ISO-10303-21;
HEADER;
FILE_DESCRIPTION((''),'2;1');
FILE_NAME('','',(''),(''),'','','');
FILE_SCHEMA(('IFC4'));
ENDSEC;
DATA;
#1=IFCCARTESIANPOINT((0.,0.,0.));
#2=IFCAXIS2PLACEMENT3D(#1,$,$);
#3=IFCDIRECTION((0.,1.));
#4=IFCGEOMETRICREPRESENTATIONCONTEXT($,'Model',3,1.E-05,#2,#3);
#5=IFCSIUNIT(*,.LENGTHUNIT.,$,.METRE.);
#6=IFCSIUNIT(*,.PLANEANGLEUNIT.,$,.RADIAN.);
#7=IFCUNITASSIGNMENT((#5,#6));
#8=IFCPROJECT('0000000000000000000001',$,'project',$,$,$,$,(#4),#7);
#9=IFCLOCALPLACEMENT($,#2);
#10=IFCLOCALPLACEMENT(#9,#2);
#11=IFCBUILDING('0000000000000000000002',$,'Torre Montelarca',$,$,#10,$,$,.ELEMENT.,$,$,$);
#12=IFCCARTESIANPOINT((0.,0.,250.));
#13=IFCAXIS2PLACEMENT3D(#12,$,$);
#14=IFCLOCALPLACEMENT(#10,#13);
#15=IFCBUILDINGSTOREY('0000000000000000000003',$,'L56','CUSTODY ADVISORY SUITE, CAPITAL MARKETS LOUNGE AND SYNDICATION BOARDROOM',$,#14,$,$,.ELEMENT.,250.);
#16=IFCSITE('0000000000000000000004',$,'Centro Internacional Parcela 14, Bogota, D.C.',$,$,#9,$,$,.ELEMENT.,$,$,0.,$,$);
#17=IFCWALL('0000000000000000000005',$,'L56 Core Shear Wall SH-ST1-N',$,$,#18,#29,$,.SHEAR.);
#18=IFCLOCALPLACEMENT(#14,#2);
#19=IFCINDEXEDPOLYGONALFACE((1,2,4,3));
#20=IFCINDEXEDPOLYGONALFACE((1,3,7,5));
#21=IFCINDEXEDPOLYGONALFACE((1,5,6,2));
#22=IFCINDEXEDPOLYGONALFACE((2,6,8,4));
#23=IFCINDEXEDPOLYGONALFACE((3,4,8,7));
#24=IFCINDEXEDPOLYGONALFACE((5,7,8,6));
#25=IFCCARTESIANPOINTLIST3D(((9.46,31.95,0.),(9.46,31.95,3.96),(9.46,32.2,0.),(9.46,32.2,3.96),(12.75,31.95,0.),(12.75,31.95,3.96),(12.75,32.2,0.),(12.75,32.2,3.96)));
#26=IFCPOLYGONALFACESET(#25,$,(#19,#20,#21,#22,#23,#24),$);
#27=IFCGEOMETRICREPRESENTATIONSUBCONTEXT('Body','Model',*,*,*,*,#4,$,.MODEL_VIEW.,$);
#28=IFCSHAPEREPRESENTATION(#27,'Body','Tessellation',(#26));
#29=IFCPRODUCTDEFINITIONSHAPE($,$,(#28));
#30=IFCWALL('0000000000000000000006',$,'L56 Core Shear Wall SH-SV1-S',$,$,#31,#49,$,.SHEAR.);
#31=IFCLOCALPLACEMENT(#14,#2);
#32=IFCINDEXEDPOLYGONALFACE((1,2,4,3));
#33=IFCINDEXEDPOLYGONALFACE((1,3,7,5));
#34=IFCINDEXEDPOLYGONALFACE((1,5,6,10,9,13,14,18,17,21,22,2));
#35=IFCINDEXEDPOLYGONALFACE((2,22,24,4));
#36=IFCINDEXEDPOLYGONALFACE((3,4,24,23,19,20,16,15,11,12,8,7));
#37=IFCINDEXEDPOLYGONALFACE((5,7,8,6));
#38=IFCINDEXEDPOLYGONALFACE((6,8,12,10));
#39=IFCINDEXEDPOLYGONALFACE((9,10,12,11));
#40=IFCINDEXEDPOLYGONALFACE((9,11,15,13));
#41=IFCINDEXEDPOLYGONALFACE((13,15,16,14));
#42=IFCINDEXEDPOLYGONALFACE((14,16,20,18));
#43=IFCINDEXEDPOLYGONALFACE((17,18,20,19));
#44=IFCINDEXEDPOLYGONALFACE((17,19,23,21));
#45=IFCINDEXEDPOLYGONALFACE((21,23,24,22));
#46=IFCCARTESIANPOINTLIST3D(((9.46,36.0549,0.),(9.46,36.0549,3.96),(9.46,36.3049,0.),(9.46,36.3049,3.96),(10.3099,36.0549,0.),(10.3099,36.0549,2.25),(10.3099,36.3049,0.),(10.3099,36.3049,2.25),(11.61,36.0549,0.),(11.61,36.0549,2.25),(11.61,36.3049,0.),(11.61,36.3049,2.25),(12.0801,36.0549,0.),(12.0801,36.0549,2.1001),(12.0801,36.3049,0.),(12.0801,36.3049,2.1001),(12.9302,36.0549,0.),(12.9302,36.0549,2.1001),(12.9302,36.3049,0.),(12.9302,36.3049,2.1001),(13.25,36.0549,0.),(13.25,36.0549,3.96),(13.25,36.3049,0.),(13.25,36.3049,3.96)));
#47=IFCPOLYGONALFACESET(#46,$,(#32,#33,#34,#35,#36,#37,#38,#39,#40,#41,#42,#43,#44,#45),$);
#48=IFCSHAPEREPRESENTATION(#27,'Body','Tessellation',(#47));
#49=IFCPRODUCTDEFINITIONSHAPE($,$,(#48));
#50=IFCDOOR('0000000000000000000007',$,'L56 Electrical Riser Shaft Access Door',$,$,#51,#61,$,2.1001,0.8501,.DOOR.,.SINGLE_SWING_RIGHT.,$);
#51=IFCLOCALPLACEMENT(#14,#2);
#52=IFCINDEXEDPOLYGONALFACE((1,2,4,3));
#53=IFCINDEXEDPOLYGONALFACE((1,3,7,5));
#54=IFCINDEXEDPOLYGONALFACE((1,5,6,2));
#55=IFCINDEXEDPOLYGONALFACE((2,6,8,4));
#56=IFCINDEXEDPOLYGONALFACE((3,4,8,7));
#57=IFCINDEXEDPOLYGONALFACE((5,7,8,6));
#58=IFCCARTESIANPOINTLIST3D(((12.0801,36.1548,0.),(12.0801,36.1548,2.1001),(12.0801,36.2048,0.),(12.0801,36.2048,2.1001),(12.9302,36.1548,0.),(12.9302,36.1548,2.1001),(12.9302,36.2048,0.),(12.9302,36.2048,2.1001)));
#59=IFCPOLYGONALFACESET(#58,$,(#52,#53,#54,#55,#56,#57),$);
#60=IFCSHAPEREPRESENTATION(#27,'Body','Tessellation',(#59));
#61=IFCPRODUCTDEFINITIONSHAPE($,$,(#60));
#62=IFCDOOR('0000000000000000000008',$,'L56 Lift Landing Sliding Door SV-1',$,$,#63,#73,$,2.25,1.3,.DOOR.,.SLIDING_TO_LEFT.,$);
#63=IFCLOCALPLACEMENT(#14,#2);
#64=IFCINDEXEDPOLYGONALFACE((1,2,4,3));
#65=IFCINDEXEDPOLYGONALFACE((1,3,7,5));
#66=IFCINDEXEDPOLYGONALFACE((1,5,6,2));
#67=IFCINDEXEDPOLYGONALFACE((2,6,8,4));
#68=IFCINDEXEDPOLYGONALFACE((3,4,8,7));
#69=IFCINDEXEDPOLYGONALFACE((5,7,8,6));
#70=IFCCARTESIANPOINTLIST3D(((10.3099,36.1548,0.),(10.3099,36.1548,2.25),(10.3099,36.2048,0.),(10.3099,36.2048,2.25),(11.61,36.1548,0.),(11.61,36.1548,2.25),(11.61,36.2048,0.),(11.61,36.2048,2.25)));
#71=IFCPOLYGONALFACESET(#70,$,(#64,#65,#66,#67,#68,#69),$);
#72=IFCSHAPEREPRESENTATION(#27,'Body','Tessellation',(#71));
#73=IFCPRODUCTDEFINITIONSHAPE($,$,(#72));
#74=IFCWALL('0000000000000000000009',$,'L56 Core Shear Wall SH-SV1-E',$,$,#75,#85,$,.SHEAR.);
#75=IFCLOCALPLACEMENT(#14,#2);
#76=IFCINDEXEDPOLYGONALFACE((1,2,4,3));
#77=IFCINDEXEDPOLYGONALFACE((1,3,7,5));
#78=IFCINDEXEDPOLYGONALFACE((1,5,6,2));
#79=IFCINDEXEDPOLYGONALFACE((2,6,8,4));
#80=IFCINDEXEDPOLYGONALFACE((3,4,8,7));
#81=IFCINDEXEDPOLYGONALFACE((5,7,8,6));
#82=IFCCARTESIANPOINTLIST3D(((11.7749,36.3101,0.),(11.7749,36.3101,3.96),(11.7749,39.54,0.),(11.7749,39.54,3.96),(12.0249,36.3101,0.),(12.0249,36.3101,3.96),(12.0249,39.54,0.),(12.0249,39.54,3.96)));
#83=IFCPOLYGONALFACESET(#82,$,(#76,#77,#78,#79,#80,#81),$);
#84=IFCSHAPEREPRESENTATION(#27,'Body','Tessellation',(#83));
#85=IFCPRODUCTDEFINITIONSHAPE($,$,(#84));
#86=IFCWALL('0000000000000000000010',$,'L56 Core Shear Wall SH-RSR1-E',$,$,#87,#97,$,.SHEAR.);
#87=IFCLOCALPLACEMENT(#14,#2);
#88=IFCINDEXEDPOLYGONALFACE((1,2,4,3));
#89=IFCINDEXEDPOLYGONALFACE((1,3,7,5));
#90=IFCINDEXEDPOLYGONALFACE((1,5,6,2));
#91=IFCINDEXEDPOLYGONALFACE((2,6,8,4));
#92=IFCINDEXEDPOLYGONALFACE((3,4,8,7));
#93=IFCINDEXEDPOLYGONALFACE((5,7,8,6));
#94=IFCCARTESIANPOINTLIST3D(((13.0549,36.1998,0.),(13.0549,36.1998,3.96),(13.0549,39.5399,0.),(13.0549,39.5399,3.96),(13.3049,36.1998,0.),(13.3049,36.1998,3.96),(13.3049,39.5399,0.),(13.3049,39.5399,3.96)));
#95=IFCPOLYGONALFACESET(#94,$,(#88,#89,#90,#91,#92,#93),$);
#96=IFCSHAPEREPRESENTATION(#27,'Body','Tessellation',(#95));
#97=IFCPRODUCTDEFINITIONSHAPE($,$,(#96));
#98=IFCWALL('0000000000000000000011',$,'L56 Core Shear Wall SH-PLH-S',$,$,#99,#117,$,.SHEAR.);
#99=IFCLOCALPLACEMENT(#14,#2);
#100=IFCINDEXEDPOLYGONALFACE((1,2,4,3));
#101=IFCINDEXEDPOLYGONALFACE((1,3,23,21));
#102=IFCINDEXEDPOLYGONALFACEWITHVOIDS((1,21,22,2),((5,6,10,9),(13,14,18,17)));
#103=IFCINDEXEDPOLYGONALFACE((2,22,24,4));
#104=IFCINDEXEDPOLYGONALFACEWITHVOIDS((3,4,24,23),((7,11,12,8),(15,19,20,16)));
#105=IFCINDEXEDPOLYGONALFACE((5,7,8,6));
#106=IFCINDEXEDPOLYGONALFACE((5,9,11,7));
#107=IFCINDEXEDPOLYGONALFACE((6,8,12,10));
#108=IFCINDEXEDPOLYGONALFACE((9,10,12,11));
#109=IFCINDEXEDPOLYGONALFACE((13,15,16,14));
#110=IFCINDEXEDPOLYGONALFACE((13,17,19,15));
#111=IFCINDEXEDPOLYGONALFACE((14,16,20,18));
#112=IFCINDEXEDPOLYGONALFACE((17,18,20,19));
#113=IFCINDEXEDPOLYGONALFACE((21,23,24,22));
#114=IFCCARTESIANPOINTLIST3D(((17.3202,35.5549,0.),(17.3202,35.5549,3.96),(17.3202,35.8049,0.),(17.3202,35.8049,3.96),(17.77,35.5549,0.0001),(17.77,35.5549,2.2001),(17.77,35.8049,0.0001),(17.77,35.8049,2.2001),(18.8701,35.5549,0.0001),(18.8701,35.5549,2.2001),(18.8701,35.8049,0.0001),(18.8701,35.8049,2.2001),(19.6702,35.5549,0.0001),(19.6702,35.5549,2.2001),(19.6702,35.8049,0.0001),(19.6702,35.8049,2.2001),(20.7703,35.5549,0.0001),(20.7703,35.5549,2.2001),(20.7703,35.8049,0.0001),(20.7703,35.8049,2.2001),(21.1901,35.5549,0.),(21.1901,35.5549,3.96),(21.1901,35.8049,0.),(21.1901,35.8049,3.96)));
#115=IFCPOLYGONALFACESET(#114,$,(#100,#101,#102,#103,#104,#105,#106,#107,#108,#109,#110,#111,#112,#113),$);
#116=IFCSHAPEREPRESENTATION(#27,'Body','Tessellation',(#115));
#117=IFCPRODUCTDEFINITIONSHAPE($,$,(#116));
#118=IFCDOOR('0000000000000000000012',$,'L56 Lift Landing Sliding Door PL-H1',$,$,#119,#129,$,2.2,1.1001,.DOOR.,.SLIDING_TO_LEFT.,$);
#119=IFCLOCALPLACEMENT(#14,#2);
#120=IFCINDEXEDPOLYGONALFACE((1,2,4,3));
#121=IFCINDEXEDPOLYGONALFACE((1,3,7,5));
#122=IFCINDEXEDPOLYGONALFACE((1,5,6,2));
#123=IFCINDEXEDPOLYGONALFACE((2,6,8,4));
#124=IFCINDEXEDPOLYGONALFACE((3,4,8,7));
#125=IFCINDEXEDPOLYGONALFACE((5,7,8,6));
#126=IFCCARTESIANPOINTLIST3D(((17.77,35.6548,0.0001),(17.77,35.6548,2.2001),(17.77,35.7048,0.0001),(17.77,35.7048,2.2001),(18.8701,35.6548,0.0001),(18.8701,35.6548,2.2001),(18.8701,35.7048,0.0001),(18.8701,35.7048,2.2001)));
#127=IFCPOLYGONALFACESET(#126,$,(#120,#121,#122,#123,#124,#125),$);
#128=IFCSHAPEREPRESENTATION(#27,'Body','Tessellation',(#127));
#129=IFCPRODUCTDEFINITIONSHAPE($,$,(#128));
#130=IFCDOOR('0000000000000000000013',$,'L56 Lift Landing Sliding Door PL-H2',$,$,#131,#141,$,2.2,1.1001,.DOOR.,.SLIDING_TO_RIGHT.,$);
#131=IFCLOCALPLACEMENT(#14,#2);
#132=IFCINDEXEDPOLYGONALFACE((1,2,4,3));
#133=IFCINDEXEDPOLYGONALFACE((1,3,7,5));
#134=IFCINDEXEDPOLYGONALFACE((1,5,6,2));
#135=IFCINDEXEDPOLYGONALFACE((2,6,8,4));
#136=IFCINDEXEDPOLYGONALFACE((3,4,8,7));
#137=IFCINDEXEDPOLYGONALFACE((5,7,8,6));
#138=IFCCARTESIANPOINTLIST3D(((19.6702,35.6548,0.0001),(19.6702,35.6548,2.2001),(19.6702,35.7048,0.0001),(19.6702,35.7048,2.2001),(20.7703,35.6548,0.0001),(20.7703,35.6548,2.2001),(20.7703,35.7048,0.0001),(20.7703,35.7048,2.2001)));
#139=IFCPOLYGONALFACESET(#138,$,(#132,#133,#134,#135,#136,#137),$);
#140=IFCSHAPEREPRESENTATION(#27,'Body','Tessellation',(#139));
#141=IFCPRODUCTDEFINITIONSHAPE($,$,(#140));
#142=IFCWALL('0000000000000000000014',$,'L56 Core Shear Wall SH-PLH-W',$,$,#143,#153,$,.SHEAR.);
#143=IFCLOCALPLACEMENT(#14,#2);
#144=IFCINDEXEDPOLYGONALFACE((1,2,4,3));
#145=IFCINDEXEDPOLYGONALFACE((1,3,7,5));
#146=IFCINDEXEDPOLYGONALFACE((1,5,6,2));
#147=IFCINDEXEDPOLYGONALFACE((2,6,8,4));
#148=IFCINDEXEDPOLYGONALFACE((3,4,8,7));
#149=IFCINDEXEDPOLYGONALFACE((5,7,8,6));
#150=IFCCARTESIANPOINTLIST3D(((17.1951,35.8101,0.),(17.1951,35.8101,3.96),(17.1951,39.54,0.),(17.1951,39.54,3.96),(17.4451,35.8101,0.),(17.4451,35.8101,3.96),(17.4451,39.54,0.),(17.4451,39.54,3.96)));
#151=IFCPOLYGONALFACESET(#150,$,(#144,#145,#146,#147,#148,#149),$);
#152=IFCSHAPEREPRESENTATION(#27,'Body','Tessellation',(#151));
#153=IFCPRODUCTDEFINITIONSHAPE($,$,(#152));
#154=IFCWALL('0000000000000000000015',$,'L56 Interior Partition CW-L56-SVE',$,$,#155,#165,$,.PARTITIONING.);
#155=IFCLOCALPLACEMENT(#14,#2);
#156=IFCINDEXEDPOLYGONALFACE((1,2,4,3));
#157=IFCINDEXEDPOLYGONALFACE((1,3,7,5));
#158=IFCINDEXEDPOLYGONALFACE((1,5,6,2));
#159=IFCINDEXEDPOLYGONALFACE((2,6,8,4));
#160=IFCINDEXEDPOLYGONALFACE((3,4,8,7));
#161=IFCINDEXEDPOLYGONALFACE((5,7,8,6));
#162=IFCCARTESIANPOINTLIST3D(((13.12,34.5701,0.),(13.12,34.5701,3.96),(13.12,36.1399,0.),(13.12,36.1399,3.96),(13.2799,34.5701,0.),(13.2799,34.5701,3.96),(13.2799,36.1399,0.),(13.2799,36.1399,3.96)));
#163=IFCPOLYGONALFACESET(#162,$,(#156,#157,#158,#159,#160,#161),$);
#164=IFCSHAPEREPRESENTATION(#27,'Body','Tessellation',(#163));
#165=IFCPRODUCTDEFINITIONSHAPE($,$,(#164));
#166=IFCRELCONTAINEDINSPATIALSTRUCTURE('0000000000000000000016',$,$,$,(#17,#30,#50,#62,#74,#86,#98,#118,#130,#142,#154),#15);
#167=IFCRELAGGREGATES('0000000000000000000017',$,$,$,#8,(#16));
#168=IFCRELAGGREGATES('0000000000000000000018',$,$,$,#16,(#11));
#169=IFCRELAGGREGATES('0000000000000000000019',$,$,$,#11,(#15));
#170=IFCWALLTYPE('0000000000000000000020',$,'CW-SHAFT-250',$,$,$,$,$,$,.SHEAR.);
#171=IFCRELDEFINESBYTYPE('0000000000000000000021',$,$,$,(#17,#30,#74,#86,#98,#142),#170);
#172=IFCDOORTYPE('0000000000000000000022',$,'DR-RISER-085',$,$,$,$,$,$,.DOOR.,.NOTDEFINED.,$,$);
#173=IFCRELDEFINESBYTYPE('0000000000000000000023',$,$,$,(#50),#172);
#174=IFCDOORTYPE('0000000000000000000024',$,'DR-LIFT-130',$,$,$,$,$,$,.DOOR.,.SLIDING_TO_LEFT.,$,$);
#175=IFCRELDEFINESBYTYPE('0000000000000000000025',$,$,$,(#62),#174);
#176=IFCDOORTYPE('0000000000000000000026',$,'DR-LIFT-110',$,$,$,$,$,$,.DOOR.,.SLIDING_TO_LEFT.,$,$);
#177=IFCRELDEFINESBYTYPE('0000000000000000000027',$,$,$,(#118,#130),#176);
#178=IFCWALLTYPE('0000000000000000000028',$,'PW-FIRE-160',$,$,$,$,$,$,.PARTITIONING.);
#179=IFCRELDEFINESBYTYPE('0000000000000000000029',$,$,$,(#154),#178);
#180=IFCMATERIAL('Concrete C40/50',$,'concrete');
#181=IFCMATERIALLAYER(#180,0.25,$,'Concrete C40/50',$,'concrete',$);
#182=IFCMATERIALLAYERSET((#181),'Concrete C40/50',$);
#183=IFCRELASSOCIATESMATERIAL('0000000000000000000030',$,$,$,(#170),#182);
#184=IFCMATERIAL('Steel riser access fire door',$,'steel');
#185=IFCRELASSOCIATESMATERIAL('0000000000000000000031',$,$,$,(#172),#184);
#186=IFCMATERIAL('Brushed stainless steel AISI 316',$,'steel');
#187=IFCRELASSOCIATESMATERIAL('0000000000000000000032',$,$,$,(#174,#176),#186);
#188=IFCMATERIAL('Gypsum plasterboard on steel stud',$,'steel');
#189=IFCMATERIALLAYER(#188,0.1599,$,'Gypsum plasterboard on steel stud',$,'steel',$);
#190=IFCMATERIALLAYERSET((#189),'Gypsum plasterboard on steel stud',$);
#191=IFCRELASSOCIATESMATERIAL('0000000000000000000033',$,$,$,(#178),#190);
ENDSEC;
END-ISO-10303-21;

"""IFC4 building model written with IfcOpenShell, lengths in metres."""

from ifc_helpers import new_model, si_unit, direction, frame, frame_2d, origin, place, context, subcontext, project, spatial, rectangle, extrude, source, transform, mapped, material, layer, layer_set, type_object, element, fill, save


model = new_model("IFC4")

# Units and contexts
model_context = context("Model", 3, precision=1e-05, world=origin(), true_north=direction((0.0, 1.0)))
body_context = subcontext(model_context, "Body", "Model", "MODEL_VIEW")
ifc_project = project(units=[si_unit("LENGTHUNIT", "METRE"), si_unit("PLANEANGLEUNIT", "RADIAN")], contexts=[model_context])

# Site, building, storey
site_placement = place(None, origin())
site = spatial("IfcSite", under=ifc_project, at=site_placement, Name="Centro Internacional Parcela 14, Bogota, D.C.", CompositionType="ELEMENT", RefElevation=0.0)
building_placement = place(site_placement, origin())
building = spatial("IfcBuilding", under=site, at=building_placement, Name="Torre Montelarca", CompositionType="ELEMENT")
storey_placement = place(building_placement, frame((0.0, 0.0, 250.0)))
storey = spatial("IfcBuildingStorey", under=building, at=storey_placement, Name="L56", Description="CUSTODY ADVISORY SUITE, CAPITAL MARKETS LOUNGE AND SYNDICATION BOARDROOM", CompositionType="ELEMENT", Elevation=250.0)

# Wall
ifc_material_1 = material(Name="Concrete C40/50", Category="concrete")
ifc_layer_1 = layer(ifc_material_1, 0.25, Name="Concrete C40/50", Category="concrete")
ifc_layer_set_1 = layer_set([ifc_layer_1], Name="Concrete C40/50")
wall_type_1 = type_object("IfcWallType", Name="CW-SHAFT-250", PredefinedType="SHEAR", material=ifc_layer_set_1)
wall_1_placement = place(storey_placement, frame((9.46, 32.075, 0.0), z_axis=(0.0, 0.0, 1.0), x_axis=(1.0, 0.0, 0.0)))
element("IfcWall", 1, at=wall_1_placement, inside=storey, type_object=wall_type_1, Name="L56 Core Shear Wall SH-ST1-N", PredefinedType="SHEAR", context=body_context, shape_type="SweptSolid", body=[
    extrude(rectangle(XDim=3.29, YDim=0.25, at=frame_2d((1.645, 0.0))), origin(), (0.0, 0.0, 1.0), 3.96),
])

# Wall, openings, doors
wall_2_placement = place(storey_placement, frame((9.46, 36.1799, 0.0), z_axis=(0.0, 0.0, 1.0), x_axis=(1.0, 0.0, 0.0)))
wall_2 = element("IfcWall", 2, at=wall_2_placement, inside=storey, type_object=wall_type_1, Name="L56 Core Shear Wall SH-SV1-S", PredefinedType="SHEAR", context=body_context, shape_type="SweptSolid", body=[
    extrude(rectangle(XDim=3.79, YDim=0.25, at=frame_2d((1.895, 0.0))), origin(), (0.0, 0.0, 1.0), 3.96),
])
opening_1_placement = place(wall_2_placement, frame((2.6201, 0.0, 0.0)))
opening_1 = element("IfcOpeningElement", 3, at=opening_1_placement, cuts=wall_2, PredefinedType="OPENING", context=body_context, shape_type="SweptSolid", body=[
    extrude(rectangle(XDim=0.8501, YDim=2.1001, at=frame_2d((0.425, 1.05))), frame((0.0, 0.135, 0.0), z_axis=(0.0, -1.0, 0.0), x_axis=(1.0, 0.0, 0.0)), (0.0, 0.0, 1.0), 0.27),
])
opening_2_placement = place(wall_2_placement, frame((0.8501, 0.0, 0.0)))
opening_2 = element("IfcOpeningElement", 4, at=opening_2_placement, cuts=wall_2, PredefinedType="OPENING", context=body_context, shape_type="SweptSolid", body=[
    extrude(rectangle(XDim=1.3, YDim=2.25, at=frame_2d((0.6499, 1.125))), frame((0.0, 0.135, 0.0), z_axis=(0.0, -1.0, 0.0), x_axis=(1.0, 0.0, 0.0)), (0.0, 0.0, 1.0), 0.27),
])
ifc_material_2 = material(Name="Steel riser access fire door", Category="steel")
door_type_1 = type_object("IfcDoorType", Name="DR-RISER-085", OperationType="NOTDEFINED", PredefinedType="DOOR", material=ifc_material_2)
shared_shape_1 = source(origin(), body_context, "Body", "SweptSolid", [
    extrude(rectangle(XDim=0.8501, YDim=2.1001, at=frame_2d((0.425, 1.05))), frame((0.0, 0.0249, 0.0), z_axis=(0.0, -1.0, 0.0), x_axis=(1.0, 0.0, 0.0)), (0.0, 0.0, 1.0), 0.05),
])
door_1_placement = place(opening_1_placement, origin())
door_1 = element("IfcDoor", 5, at=door_1_placement, inside=storey, type_object=door_type_1, Name="L56 Electrical Riser Shaft Access Door", OperationType="SINGLE_SWING_RIGHT", OverallHeight=2.1001, OverallWidth=0.8501, PredefinedType="DOOR", context=body_context, shape_type="MappedRepresentation", body=[
    mapped(shared_shape_1, transform((0.0, 0.0, 0.0), scale=1.0)),
])
fill(opening_1, door_1)
ifc_material_3 = material(Name="Brushed stainless steel AISI 316", Category="steel")
door_type_2 = type_object("IfcDoorType", Name="DR-LIFT-130", OperationType="SLIDING_TO_LEFT", PredefinedType="DOOR", material=ifc_material_3)
shared_shape_2 = source(origin(), body_context, "Body", "SweptSolid", [
    extrude(rectangle(XDim=1.3, YDim=2.25, at=frame_2d((0.6499, 1.125))), frame((0.0, 0.0249, 0.0), z_axis=(0.0, -1.0, 0.0), x_axis=(1.0, 0.0, 0.0)), (0.0, 0.0, 1.0), 0.05),
])
door_2_placement = place(opening_2_placement, origin())
door_2 = element("IfcDoor", 6, at=door_2_placement, inside=storey, type_object=door_type_2, Name="L56 Lift Landing Sliding Door SV-1", OperationType="SLIDING_TO_LEFT", OverallHeight=2.25, OverallWidth=1.3, PredefinedType="DOOR", context=body_context, shape_type="MappedRepresentation", body=[
    mapped(shared_shape_2, transform((0.0, 0.0, 0.0), scale=1.0)),
])
fill(opening_2, door_2)

# Walls
wall_3_placement = place(storey_placement, frame((11.8999, 36.3101, 0.0), z_axis=(0.0, 0.0, 1.0), x_axis=(0.0, 1.0, 0.0)))
element("IfcWall", 7, at=wall_3_placement, inside=storey, type_object=wall_type_1, Name="L56 Core Shear Wall SH-SV1-E", PredefinedType="SHEAR", context=body_context, shape_type="SweptSolid", body=[
    extrude(rectangle(XDim=3.23, YDim=0.25, at=frame_2d((1.615, 0.0))), origin(), (0.0, 0.0, 1.0), 3.96),
])
wall_4_placement = place(storey_placement, frame((13.1799, 36.2, 0.0), z_axis=(0.0, 0.0, 1.0), x_axis=(0.0, 1.0, 0.0)))
element("IfcWall", 8, at=wall_4_placement, inside=storey, type_object=wall_type_1, Name="L56 Core Shear Wall SH-RSR1-E", PredefinedType="SHEAR", context=body_context, shape_type="SweptSolid", body=[
    extrude(rectangle(XDim=3.3401, YDim=0.25, at=frame_2d((1.6699, 0.0))), origin(), (0.0, 0.0, 1.0), 3.96),
])

# Wall, openings, doors
wall_5_placement = place(storey_placement, frame((17.3201, 35.6799, 0.0), z_axis=(0.0, 0.0, 1.0), x_axis=(1.0, 0.0, 0.0)))
wall_5 = element("IfcWall", 9, at=wall_5_placement, inside=storey, type_object=wall_type_1, Name="L56 Core Shear Wall SH-PLH-S", PredefinedType="SHEAR", context=body_context, shape_type="SweptSolid", body=[
    extrude(rectangle(XDim=3.8699, YDim=0.25, at=frame_2d((1.9351, 0.0))), origin(), (0.0, 0.0, 1.0), 3.96),
])
opening_3_placement = place(wall_5_placement, frame((0.45, 0.0, 0.0)))
opening_3 = element("IfcOpeningElement", 10, at=opening_3_placement, cuts=wall_5, PredefinedType="OPENING", context=body_context, shape_type="SweptSolid", body=[
    extrude(rectangle(XDim=1.1001, YDim=2.2, at=frame_2d((0.55, 1.1001))), frame((0.0, 0.135, 0.0), z_axis=(0.0, -1.0, 0.0), x_axis=(1.0, 0.0, 0.0)), (0.0, 0.0, 1.0), 0.27),
])
opening_4_placement = place(wall_5_placement, frame((2.3501, 0.0, 0.0)))
opening_4 = element("IfcOpeningElement", 11, at=opening_4_placement, cuts=wall_5, PredefinedType="OPENING", context=body_context, shape_type="SweptSolid", body=[
    extrude(rectangle(XDim=1.1001, YDim=2.2, at=frame_2d((0.55, 1.1001))), frame((0.0, 0.135, 0.0), z_axis=(0.0, -1.0, 0.0), x_axis=(1.0, 0.0, 0.0)), (0.0, 0.0, 1.0), 0.27),
])
door_type_3 = type_object("IfcDoorType", Name="DR-LIFT-110", OperationType="SLIDING_TO_LEFT", PredefinedType="DOOR", material=ifc_material_3)
shared_shape_3 = source(origin(), body_context, "Body", "SweptSolid", [
    extrude(rectangle(XDim=1.1001, YDim=2.2, at=frame_2d((0.55, 1.1001))), frame((0.0, 0.0249, 0.0), z_axis=(0.0, -1.0, 0.0), x_axis=(1.0, 0.0, 0.0)), (0.0, 0.0, 1.0), 0.05),
])
door_3_placement = place(opening_3_placement, origin())
door_3 = element("IfcDoor", 12, at=door_3_placement, inside=storey, type_object=door_type_3, Name="L56 Lift Landing Sliding Door PL-H1", OperationType="SLIDING_TO_LEFT", OverallHeight=2.2, OverallWidth=1.1001, PredefinedType="DOOR", context=body_context, shape_type="MappedRepresentation", body=[
    mapped(shared_shape_3, transform((0.0, 0.0, 0.0), scale=1.0)),
])
fill(opening_3, door_3)
door_4_placement = place(opening_4_placement, origin())
door_4 = element("IfcDoor", 13, at=door_4_placement, inside=storey, type_object=door_type_3, Name="L56 Lift Landing Sliding Door PL-H2", OperationType="SLIDING_TO_RIGHT", OverallHeight=2.2, OverallWidth=1.1001, PredefinedType="DOOR", context=body_context, shape_type="MappedRepresentation", body=[
    mapped(shared_shape_3, transform((0.0, 0.0, 0.0), scale=1.0)),
])
fill(opening_4, door_4)

# Wall
wall_6_placement = place(storey_placement, frame((17.3201, 35.8101, 0.0), z_axis=(0.0, 0.0, 1.0), x_axis=(0.0, 1.0, 0.0)))
element("IfcWall", 14, at=wall_6_placement, inside=storey, type_object=wall_type_1, Name="L56 Core Shear Wall SH-PLH-W", PredefinedType="SHEAR", context=body_context, shape_type="SweptSolid", body=[
    extrude(rectangle(XDim=3.73, YDim=0.25, at=frame_2d((1.865, 0.0))), origin(), (0.0, 0.0, 1.0), 3.96),
])

# Shared definitions
ifc_material_4 = material(Name="Gypsum plasterboard on steel stud", Category="steel")
ifc_layer_2 = layer(ifc_material_4, 0.1599, Name="Gypsum plasterboard on steel stud", Category="steel")
ifc_layer_set_2 = layer_set([ifc_layer_2], Name="Gypsum plasterboard on steel stud")
wall_type_2 = type_object("IfcWallType", Name="PW-FIRE-160", PredefinedType="PARTITIONING", material=ifc_layer_set_2)

# Wall
wall_7_placement = place(storey_placement, frame((13.2, 34.5701, 0.0), z_axis=(0.0, 0.0, 1.0), x_axis=(0.0, 1.0, 0.0)))
element("IfcWall", 15, at=wall_7_placement, inside=storey, type_object=wall_type_2, Name="L56 Interior Partition CW-L56-SVE", PredefinedType="PARTITIONING", context=body_context, shape_type="SweptSolid", body=[
    extrude(rectangle(XDim=1.5698, YDim=0.1599, at=frame_2d((0.7849, 0.0))), origin(), (0.0, 0.0, 1.0), 3.96),
])

save(model, "model.ifc")
